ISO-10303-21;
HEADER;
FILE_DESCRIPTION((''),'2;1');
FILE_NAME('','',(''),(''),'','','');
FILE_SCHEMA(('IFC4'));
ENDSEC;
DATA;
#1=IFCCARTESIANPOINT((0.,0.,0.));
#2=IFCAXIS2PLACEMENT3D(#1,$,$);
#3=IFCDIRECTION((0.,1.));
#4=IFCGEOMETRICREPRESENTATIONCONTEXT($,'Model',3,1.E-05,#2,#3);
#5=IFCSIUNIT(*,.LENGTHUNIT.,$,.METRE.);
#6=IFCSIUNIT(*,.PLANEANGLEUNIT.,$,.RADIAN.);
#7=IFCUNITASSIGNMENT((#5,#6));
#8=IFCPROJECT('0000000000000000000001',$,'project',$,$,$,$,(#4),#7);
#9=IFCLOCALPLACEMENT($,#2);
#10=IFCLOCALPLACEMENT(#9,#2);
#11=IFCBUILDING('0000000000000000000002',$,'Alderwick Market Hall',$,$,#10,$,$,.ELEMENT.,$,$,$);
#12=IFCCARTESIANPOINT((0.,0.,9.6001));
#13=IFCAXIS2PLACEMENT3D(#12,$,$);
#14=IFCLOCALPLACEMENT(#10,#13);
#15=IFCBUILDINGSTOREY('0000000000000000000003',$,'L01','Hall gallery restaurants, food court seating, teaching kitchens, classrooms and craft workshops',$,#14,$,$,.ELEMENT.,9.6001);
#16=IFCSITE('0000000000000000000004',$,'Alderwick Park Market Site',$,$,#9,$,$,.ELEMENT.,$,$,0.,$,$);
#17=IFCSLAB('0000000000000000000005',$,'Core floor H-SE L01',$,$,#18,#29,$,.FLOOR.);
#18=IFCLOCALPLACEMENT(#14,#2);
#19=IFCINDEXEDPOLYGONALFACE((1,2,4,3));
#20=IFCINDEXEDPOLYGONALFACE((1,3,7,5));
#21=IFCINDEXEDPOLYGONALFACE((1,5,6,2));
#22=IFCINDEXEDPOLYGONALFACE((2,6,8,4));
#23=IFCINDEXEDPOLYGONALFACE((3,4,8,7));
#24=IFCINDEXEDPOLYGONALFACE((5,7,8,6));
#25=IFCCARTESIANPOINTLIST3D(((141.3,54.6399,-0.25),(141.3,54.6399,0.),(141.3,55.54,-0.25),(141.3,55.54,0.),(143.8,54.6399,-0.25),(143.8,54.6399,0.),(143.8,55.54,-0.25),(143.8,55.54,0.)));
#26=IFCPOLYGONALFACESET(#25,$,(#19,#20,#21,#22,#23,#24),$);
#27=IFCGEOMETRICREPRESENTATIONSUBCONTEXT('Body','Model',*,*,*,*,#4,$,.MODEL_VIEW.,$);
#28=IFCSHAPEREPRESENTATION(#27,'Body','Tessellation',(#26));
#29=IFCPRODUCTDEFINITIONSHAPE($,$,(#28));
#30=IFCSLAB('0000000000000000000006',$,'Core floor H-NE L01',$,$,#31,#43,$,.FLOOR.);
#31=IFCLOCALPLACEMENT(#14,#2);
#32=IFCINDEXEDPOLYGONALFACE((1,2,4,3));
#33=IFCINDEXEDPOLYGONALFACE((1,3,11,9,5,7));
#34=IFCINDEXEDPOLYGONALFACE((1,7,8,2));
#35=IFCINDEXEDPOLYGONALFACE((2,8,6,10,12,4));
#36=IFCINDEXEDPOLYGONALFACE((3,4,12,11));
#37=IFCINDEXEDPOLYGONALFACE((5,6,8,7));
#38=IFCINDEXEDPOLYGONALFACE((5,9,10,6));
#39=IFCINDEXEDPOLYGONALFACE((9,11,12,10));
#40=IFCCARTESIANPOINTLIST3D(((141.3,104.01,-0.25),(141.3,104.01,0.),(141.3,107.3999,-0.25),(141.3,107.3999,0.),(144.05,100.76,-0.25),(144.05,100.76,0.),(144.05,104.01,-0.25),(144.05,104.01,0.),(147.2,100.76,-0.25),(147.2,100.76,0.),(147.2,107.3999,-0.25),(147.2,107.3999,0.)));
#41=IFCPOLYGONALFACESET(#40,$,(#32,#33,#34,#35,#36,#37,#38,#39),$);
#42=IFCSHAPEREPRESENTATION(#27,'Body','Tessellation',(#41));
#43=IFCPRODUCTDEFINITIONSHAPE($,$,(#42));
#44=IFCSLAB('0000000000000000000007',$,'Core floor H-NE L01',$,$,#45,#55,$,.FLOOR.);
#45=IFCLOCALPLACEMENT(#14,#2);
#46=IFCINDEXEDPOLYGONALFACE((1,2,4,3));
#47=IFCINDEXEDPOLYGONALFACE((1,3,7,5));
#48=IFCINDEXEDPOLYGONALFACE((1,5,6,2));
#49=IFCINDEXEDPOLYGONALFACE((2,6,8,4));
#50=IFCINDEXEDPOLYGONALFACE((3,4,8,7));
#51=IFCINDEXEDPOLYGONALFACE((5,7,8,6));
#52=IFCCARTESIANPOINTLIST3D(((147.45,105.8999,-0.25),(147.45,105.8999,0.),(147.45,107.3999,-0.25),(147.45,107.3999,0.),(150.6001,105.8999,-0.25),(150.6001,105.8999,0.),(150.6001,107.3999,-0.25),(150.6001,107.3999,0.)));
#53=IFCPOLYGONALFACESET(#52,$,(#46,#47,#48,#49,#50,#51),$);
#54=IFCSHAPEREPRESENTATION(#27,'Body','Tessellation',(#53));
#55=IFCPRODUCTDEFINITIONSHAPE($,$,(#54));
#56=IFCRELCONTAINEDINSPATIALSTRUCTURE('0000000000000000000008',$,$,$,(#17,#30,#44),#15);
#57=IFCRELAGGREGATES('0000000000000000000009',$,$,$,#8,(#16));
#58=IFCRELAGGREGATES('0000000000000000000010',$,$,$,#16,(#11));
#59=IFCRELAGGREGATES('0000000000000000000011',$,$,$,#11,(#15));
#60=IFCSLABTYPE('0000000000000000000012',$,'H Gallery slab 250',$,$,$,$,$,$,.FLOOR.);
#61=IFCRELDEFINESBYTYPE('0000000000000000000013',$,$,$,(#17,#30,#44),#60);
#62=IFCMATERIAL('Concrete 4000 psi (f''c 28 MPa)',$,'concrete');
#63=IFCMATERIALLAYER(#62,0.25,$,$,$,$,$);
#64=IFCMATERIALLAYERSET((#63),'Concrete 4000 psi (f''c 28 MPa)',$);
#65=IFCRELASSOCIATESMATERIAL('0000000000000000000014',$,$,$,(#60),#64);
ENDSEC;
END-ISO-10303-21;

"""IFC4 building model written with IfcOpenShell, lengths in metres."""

from ifc_helpers import new_model, si_unit, direction, frame, origin, place, context, subcontext, project, spatial, polyline, outline, extrude, material, layer, layer_set, type_object, element, save


model = new_model("IFC4")

# Units and contexts
model_context = context("Model", 3, precision=1e-05, world=origin(), true_north=direction((0.0, 1.0)))
body_context = subcontext(model_context, "Body", "Model", "MODEL_VIEW")
ifc_project = project(units=[si_unit("LENGTHUNIT", "METRE"), si_unit("PLANEANGLEUNIT", "RADIAN")], contexts=[model_context])

# Site, building, storey
site_placement = place(None, origin())
site = spatial("IfcSite", under=ifc_project, at=site_placement, Name="Alderwick Park Market Site", CompositionType="ELEMENT", RefElevation=0.0)
building_placement = place(site_placement, origin())
building = spatial("IfcBuilding", under=site, at=building_placement, Name="Alderwick Market Hall", CompositionType="ELEMENT")
storey_placement = place(building_placement, frame((0.0, 0.0, 9.6001)))
storey = spatial("IfcBuildingStorey", under=building, at=storey_placement, Name="L01", Description="Hall gallery restaurants, food court seating, teaching kitchens, classrooms and craft workshops", CompositionType="ELEMENT", Elevation=9.6001)

# Slabs
ifc_material_1 = material(Name="Concrete 4000 psi (f'c 28 MPa)", Category="concrete")
ifc_layer_1 = layer(ifc_material_1, 0.25)
ifc_layer_set_1 = layer_set([ifc_layer_1], Name="Concrete 4000 psi (f'c 28 MPa)")
slab_type_1 = type_object("IfcSlabType", Name="H Gallery slab 250", PredefinedType="FLOOR", material=ifc_layer_set_1)
slab_1_placement = place(storey_placement, frame((0.0, 0.0, -0.25)))
element("IfcSlab", 1, at=slab_1_placement, inside=storey, type_object=slab_type_1, Name="Core floor H-SE L01", PredefinedType="FLOOR", context=body_context, shape_type="SweptSolid", body=[
    extrude(outline(polyline([(141.3, 55.54), (143.8, 55.54), (143.8, 54.6399), (141.3, 54.6399), (141.3, 55.54)])), origin(), (0.0, 0.0, 1.0), 0.25),
])
slab_2_placement = place(storey_placement, frame((0.0, 0.0, -0.25)))
element("IfcSlab", 2, at=slab_2_placement, inside=storey, type_object=slab_type_1, Name="Core floor H-NE L01", PredefinedType="FLOOR", context=body_context, shape_type="SweptSolid", body=[
    extrude(outline(polyline([(144.05, 104.01), (141.3, 104.01), (141.3, 107.3999), (147.2, 107.3999), (147.2, 100.76), (144.05, 100.76), (144.05, 104.01)])), origin(), (0.0, 0.0, 1.0), 0.25),
])
slab_3_placement = place(storey_placement, frame((0.0, 0.0, -0.25)))
element("IfcSlab", 3, at=slab_3_placement, inside=storey, type_object=slab_type_1, Name="Core floor H-NE L01", PredefinedType="FLOOR", context=body_context, shape_type="SweptSolid", body=[
    extrude(outline(polyline([(150.6001, 105.8999), (147.45, 105.8999), (147.45, 107.3999), (150.6001, 107.3999), (150.6001, 105.8999)])), origin(), (0.0, 0.0, 1.0), 0.25),
])

save(model, "model.ifc")
